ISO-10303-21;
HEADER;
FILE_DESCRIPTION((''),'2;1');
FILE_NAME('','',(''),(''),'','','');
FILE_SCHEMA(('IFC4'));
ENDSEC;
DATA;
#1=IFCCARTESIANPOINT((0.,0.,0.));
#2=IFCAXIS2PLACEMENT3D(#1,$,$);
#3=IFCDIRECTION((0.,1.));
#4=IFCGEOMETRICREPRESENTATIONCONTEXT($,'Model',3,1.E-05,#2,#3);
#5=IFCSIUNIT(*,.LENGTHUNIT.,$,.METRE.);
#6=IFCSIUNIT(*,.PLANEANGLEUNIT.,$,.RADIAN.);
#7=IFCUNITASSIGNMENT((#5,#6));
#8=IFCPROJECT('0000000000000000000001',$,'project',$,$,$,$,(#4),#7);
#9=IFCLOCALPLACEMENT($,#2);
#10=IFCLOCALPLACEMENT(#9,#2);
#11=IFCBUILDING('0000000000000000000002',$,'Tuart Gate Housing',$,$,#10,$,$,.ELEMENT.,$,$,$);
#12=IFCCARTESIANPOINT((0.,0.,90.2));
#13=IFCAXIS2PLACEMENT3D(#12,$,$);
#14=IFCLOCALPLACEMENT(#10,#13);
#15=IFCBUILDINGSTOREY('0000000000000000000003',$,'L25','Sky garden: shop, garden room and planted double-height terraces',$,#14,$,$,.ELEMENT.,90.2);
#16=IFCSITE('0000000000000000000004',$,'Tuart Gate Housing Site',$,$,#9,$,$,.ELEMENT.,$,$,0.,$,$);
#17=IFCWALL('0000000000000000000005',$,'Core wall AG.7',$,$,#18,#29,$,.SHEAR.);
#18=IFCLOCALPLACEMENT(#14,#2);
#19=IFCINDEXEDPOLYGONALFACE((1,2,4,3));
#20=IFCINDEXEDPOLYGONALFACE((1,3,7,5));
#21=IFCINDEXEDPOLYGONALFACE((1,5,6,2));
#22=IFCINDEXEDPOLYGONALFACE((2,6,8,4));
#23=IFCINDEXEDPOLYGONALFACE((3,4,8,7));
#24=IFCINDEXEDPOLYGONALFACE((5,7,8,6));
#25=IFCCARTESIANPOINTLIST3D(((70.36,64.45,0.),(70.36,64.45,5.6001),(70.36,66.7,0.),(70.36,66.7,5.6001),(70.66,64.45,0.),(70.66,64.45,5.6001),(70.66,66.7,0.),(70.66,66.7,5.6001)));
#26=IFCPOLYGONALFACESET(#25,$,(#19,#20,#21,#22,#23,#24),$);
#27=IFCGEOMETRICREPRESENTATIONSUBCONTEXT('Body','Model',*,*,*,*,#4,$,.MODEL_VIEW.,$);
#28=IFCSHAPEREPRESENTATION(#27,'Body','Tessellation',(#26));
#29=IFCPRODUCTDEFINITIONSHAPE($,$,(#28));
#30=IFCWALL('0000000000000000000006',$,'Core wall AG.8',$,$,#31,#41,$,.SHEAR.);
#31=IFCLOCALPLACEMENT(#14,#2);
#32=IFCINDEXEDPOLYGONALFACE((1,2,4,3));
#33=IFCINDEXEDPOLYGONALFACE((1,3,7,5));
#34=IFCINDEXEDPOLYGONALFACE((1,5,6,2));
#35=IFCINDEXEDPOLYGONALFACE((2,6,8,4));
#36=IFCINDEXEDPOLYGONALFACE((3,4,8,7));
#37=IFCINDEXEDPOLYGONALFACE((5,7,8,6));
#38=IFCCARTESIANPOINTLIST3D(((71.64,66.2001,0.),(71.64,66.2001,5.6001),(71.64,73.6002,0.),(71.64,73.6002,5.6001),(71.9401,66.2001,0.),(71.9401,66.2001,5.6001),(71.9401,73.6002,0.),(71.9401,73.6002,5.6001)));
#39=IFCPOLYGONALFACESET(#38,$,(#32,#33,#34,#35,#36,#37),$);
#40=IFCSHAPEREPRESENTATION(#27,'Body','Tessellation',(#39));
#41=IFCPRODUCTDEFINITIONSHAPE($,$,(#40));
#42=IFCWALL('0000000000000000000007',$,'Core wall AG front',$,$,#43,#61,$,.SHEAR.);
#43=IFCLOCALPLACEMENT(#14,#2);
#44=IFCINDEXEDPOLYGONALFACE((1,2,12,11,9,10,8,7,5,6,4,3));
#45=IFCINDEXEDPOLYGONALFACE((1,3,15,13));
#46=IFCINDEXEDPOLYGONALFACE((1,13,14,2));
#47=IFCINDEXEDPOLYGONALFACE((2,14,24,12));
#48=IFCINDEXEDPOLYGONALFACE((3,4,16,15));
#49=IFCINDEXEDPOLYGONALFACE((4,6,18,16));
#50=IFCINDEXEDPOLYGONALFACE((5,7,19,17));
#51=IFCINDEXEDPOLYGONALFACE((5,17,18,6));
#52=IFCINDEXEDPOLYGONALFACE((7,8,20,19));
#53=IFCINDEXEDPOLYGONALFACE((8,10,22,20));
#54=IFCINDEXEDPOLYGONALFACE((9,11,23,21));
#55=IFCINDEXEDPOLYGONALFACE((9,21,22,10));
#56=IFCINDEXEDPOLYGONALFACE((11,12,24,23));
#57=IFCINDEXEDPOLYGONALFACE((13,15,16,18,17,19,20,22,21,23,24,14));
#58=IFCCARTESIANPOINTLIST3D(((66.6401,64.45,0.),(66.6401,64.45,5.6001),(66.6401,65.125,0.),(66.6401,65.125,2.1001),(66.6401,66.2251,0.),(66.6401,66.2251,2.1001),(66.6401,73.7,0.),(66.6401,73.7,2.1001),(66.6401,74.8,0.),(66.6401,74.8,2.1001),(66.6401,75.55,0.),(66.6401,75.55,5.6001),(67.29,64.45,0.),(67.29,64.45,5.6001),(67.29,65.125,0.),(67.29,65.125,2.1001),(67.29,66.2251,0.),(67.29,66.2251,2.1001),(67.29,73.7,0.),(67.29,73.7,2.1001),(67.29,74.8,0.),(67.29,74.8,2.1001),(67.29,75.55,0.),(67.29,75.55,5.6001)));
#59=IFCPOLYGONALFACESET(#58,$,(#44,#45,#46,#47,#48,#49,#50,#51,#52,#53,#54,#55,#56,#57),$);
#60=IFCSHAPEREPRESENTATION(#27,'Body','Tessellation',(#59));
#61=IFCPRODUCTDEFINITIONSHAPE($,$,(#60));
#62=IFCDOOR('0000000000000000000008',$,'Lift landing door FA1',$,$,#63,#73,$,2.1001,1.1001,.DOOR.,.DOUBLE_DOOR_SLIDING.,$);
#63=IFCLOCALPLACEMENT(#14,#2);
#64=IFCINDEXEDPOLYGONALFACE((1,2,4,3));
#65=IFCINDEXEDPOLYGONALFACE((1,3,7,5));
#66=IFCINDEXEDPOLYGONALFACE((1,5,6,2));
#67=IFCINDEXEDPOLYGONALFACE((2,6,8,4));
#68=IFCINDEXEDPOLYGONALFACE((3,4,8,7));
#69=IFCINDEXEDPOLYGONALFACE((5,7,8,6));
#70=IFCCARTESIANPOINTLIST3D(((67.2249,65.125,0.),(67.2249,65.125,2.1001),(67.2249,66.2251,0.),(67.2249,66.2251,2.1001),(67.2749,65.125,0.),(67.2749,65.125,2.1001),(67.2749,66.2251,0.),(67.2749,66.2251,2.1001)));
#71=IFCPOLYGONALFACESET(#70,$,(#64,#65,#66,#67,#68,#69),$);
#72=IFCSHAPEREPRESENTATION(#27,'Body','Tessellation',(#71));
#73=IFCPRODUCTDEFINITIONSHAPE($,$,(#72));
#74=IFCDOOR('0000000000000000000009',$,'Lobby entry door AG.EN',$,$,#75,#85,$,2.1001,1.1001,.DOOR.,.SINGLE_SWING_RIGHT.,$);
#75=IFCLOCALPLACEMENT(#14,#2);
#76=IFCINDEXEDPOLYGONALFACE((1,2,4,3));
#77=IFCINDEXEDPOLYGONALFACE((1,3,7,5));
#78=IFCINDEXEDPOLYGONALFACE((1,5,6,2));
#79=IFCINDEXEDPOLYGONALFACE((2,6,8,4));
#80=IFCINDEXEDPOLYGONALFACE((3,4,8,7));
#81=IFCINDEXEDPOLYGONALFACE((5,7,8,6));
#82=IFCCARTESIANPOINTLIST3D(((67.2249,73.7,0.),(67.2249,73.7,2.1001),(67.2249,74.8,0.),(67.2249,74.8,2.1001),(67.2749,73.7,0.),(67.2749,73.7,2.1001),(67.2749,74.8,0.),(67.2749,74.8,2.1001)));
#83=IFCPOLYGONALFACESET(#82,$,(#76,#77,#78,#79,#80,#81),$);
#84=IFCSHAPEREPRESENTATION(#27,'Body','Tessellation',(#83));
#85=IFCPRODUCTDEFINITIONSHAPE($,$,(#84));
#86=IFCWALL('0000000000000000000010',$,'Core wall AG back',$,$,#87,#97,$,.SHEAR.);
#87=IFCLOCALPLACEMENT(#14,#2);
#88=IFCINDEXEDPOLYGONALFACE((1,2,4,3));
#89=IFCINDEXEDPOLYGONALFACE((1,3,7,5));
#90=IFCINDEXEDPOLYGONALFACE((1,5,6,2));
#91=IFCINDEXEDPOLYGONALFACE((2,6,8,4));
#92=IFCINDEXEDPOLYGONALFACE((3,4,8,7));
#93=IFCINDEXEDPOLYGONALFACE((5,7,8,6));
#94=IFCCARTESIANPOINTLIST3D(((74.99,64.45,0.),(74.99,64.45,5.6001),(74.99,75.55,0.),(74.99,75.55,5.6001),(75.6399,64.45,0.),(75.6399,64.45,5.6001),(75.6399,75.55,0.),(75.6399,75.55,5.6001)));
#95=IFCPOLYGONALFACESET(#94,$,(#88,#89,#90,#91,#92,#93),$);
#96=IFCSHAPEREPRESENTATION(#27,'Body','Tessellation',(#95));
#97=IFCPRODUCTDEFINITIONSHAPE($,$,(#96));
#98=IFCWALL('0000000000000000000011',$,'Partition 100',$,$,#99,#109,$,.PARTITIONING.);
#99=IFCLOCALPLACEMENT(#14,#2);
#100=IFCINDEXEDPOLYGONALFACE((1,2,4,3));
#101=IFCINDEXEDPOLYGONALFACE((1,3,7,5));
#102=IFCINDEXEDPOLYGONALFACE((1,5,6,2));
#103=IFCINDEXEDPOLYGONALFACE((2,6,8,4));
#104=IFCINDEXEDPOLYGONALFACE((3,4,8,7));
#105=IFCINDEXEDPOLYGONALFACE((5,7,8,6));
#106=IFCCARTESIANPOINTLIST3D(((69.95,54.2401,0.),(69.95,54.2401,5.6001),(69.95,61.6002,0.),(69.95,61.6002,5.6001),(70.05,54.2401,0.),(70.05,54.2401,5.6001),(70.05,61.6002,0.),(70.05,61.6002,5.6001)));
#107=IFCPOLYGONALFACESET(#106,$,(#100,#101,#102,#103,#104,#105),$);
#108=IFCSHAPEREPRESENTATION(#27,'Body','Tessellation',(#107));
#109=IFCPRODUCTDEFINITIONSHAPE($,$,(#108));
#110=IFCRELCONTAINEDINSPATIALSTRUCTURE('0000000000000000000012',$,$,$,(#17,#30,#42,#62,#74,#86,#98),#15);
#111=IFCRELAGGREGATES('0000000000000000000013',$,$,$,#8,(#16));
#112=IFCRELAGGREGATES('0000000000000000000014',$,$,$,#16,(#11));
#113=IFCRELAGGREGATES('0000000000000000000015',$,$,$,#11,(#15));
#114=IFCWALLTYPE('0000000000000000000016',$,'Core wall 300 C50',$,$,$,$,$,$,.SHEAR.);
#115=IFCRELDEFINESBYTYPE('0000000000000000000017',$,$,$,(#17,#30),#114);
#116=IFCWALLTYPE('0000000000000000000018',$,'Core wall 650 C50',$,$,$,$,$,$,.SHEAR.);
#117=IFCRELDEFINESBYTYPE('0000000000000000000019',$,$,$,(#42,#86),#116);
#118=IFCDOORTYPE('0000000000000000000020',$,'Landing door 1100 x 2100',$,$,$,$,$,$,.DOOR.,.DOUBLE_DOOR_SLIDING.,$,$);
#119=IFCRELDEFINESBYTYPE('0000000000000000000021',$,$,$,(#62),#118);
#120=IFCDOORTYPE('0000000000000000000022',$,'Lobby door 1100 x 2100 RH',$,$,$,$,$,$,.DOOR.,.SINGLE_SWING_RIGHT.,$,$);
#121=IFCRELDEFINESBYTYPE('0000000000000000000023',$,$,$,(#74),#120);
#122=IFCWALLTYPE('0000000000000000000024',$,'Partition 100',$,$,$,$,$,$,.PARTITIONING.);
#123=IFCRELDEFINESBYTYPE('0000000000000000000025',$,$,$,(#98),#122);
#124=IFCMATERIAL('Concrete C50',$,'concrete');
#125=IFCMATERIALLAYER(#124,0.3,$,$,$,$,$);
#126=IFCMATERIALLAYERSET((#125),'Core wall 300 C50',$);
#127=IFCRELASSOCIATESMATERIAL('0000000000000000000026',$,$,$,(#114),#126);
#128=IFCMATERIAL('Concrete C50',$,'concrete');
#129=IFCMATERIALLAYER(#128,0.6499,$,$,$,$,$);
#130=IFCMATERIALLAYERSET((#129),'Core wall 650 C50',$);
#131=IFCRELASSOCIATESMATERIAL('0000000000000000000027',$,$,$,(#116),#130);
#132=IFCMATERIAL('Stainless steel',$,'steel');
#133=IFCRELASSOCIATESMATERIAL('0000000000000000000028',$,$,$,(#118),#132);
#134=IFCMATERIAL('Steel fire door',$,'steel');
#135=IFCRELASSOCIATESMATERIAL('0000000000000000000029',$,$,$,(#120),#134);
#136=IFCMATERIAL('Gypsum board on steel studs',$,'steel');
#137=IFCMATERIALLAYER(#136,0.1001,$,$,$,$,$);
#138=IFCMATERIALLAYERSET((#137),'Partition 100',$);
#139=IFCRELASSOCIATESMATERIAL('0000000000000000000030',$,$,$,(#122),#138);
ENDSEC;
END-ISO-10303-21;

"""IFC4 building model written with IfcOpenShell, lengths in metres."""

from ifc_helpers import new_model, si_unit, direction, frame, frame_2d, origin, place, context, subcontext, project, spatial, rectangle, extrude, material, layer, layer_set, type_object, element, fill, save


model = new_model("IFC4")

# Units and contexts
model_context = context("Model", 3, precision=1e-05, world=origin(), true_north=direction((0.0, 1.0)))
body_context = subcontext(model_context, "Body", "Model", "MODEL_VIEW")
ifc_project = project(units=[si_unit("LENGTHUNIT", "METRE"), si_unit("PLANEANGLEUNIT", "RADIAN")], contexts=[model_context])

# Site, building, storey
site_placement = place(None, origin())
site = spatial("IfcSite", under=ifc_project, at=site_placement, Name="Tuart Gate Housing Site", CompositionType="ELEMENT", RefElevation=0.0)
building_placement = place(site_placement, origin())
building = spatial("IfcBuilding", under=site, at=building_placement, Name="Tuart Gate Housing", CompositionType="ELEMENT")
storey_placement = place(building_placement, frame((0.0, 0.0, 90.2)))
storey = spatial("IfcBuildingStorey", under=building, at=storey_placement, Name="L25", Description="Sky garden: shop, garden room and planted double-height terraces", CompositionType="ELEMENT", Elevation=90.2)

# Walls
ifc_material_1 = material(Name="Concrete C50", Category="concrete")
ifc_layer_1 = layer(ifc_material_1, 0.3)
ifc_layer_set_1 = layer_set([ifc_layer_1], Name="Core wall 300 C50")
wall_type_1 = type_object("IfcWallType", Name="Core wall 300 C50", PredefinedType="SHEAR", material=ifc_layer_set_1)
wall_1_placement = place(storey_placement, frame((70.51, 64.45, 0.0), z_axis=(0.0, 0.0, 1.0), x_axis=(0.0, 1.0, 0.0)))
element("IfcWall", 1, at=wall_1_placement, inside=storey, type_object=wall_type_1, Name="Core wall AG.7", PredefinedType="SHEAR", context=body_context, shape_type="SweptSolid", body=[
    extrude(rectangle(XDim=2.25, YDim=0.3, at=frame_2d((1.125, 0.0))), origin(), (0.0, 0.0, 1.0), 5.6001),
])
wall_2_placement = place(storey_placement, frame((71.79, 66.2, 0.0), z_axis=(0.0, 0.0, 1.0), x_axis=(0.0, 1.0, 0.0)))
element("IfcWall", 2, at=wall_2_placement, inside=storey, type_object=wall_type_1, Name="Core wall AG.8", PredefinedType="SHEAR", context=body_context, shape_type="SweptSolid", body=[
    extrude(rectangle(XDim=7.4001, YDim=0.3, at=frame_2d((3.7002, 0.0))), origin(), (0.0, 0.0, 1.0), 5.6001),
])

# Wall, openings, doors
ifc_material_2 = material(Name="Concrete C50", Category="concrete")
ifc_layer_2 = layer(ifc_material_2, 0.6499)
ifc_layer_set_2 = layer_set([ifc_layer_2], Name="Core wall 650 C50")
wall_type_2 = type_object("IfcWallType", Name="Core wall 650 C50", PredefinedType="SHEAR", material=ifc_layer_set_2)
wall_3_placement = place(storey_placement, frame((66.9651, 64.45, 0.0), z_axis=(0.0, 0.0, 1.0), x_axis=(0.0, 1.0, 0.0)))
wall_3 = element("IfcWall", 3, at=wall_3_placement, inside=storey, type_object=wall_type_2, Name="Core wall AG front", PredefinedType="SHEAR", context=body_context, shape_type="SweptSolid", body=[
    extrude(rectangle(XDim=11.1001, YDim=0.6499, at=frame_2d((5.55, 0.0))), origin(), (0.0, 0.0, 1.0), 5.6001),
])
opening_1_placement = place(wall_3_placement, frame((0.675, 0.0, 0.0)))
opening_1 = element("IfcOpeningElement", 4, at=opening_1_placement, cuts=wall_3, PredefinedType="OPENING", context=body_context, shape_type="SweptSolid", body=[
    extrude(rectangle(XDim=1.1001, YDim=2.1001, at=frame_2d((0.55, 1.05))), frame((0.0, 0.335, 0.0), z_axis=(0.0, -1.0, 0.0), x_axis=(1.0, 0.0, 0.0)), (0.0, 0.0, 1.0), 0.6699),
])
opening_2_placement = place(wall_3_placement, frame((9.25, 0.0, 0.0)))
opening_2 = element("IfcOpeningElement", 5, at=opening_2_placement, cuts=wall_3, PredefinedType="OPENING", context=body_context, shape_type="SweptSolid", body=[
    extrude(rectangle(XDim=1.1001, YDim=2.1001, at=frame_2d((0.55, 1.05))), frame((0.0, 0.335, 0.0), z_axis=(0.0, -1.0, 0.0), x_axis=(1.0, 0.0, 0.0)), (0.0, 0.0, 1.0), 0.6699),
])
ifc_material_3 = material(Name="Stainless steel", Category="steel")
door_type_1 = type_object("IfcDoorType", Name="Landing door 1100 x 2100", OperationType="DOUBLE_DOOR_SLIDING", PredefinedType="DOOR", material=ifc_material_3)
door_1_placement = place(opening_1_placement, origin())
door_1 = element("IfcDoor", 6, at=door_1_placement, inside=storey, type_object=door_type_1, Name="Lift landing door FA1", OperationType="DOUBLE_DOOR_SLIDING", OverallHeight=2.1001, OverallWidth=1.1001, PredefinedType="DOOR", context=body_context, shape_type="SweptSolid", body=[
    extrude(rectangle(XDim=1.1001, YDim=2.1001, at=frame_2d((0.55, 1.05))), frame((0.0, -0.2598, 0.0), z_axis=(0.0, -1.0, 0.0), x_axis=(1.0, 0.0, 0.0)), (0.0, 0.0, 1.0), 0.05),
])
fill(opening_1, door_1)
ifc_material_4 = material(Name="Steel fire door", Category="steel")
door_type_2 = type_object("IfcDoorType", Name="Lobby door 1100 x 2100 RH", OperationType="SINGLE_SWING_RIGHT", PredefinedType="DOOR", material=ifc_material_4)
door_2_placement = place(opening_2_placement, frame((1.1001, 0.0, 0.0), z_axis=(0.0, 0.0, 1.0), x_axis=(-1.0, 0.0, 0.0)))
door_2 = element("IfcDoor", 7, at=door_2_placement, inside=storey, type_object=door_type_2, Name="Lobby entry door AG.EN", OperationType="SINGLE_SWING_RIGHT", OverallHeight=2.1001, OverallWidth=1.1001, PredefinedType="DOOR", context=body_context, shape_type="SweptSolid", body=[
    extrude(rectangle(XDim=1.1001, YDim=2.1001, at=frame_2d((0.55, 1.05))), frame((0.0, 0.3098, 0.0), z_axis=(0.0, -1.0, 0.0), x_axis=(1.0, 0.0, 0.0)), (0.0, 0.0, 1.0), 0.05),
])
fill(opening_2, door_2)

# Walls
wall_4_placement = place(storey_placement, frame((75.3149, 64.45, 0.0), z_axis=(0.0, 0.0, 1.0), x_axis=(0.0, 1.0, 0.0)))
element("IfcWall", 8, at=wall_4_placement, inside=storey, type_object=wall_type_2, Name="Core wall AG back", PredefinedType="SHEAR", context=body_context, shape_type="SweptSolid", body=[
    extrude(rectangle(XDim=11.1001, YDim=0.6499, at=frame_2d((5.55, 0.0))), origin(), (0.0, 0.0, 1.0), 5.6001),
])
ifc_material_5 = material(Name="Gypsum board on steel studs", Category="steel")
ifc_layer_3 = layer(ifc_material_5, 0.1001)
ifc_layer_set_3 = layer_set([ifc_layer_3], Name="Partition 100")
wall_type_3 = type_object("IfcWallType", Name="Partition 100", PredefinedType="PARTITIONING", material=ifc_layer_set_3)
wall_5_placement = place(storey_placement, frame((70.0, 54.24, 0.0), z_axis=(0.0, 0.0, 1.0), x_axis=(0.0, 1.0, 0.0)))
element("IfcWall", 9, at=wall_5_placement, inside=storey, type_object=wall_type_3, Name="Partition 100", PredefinedType="PARTITIONING", context=body_context, shape_type="SweptSolid", body=[
    extrude(rectangle(XDim=7.3601, YDim=0.1001, at=frame_2d((3.6802, 0.0))), origin(), (0.0, 0.0, 1.0), 5.6001),
])

save(model, "model.ifc")
